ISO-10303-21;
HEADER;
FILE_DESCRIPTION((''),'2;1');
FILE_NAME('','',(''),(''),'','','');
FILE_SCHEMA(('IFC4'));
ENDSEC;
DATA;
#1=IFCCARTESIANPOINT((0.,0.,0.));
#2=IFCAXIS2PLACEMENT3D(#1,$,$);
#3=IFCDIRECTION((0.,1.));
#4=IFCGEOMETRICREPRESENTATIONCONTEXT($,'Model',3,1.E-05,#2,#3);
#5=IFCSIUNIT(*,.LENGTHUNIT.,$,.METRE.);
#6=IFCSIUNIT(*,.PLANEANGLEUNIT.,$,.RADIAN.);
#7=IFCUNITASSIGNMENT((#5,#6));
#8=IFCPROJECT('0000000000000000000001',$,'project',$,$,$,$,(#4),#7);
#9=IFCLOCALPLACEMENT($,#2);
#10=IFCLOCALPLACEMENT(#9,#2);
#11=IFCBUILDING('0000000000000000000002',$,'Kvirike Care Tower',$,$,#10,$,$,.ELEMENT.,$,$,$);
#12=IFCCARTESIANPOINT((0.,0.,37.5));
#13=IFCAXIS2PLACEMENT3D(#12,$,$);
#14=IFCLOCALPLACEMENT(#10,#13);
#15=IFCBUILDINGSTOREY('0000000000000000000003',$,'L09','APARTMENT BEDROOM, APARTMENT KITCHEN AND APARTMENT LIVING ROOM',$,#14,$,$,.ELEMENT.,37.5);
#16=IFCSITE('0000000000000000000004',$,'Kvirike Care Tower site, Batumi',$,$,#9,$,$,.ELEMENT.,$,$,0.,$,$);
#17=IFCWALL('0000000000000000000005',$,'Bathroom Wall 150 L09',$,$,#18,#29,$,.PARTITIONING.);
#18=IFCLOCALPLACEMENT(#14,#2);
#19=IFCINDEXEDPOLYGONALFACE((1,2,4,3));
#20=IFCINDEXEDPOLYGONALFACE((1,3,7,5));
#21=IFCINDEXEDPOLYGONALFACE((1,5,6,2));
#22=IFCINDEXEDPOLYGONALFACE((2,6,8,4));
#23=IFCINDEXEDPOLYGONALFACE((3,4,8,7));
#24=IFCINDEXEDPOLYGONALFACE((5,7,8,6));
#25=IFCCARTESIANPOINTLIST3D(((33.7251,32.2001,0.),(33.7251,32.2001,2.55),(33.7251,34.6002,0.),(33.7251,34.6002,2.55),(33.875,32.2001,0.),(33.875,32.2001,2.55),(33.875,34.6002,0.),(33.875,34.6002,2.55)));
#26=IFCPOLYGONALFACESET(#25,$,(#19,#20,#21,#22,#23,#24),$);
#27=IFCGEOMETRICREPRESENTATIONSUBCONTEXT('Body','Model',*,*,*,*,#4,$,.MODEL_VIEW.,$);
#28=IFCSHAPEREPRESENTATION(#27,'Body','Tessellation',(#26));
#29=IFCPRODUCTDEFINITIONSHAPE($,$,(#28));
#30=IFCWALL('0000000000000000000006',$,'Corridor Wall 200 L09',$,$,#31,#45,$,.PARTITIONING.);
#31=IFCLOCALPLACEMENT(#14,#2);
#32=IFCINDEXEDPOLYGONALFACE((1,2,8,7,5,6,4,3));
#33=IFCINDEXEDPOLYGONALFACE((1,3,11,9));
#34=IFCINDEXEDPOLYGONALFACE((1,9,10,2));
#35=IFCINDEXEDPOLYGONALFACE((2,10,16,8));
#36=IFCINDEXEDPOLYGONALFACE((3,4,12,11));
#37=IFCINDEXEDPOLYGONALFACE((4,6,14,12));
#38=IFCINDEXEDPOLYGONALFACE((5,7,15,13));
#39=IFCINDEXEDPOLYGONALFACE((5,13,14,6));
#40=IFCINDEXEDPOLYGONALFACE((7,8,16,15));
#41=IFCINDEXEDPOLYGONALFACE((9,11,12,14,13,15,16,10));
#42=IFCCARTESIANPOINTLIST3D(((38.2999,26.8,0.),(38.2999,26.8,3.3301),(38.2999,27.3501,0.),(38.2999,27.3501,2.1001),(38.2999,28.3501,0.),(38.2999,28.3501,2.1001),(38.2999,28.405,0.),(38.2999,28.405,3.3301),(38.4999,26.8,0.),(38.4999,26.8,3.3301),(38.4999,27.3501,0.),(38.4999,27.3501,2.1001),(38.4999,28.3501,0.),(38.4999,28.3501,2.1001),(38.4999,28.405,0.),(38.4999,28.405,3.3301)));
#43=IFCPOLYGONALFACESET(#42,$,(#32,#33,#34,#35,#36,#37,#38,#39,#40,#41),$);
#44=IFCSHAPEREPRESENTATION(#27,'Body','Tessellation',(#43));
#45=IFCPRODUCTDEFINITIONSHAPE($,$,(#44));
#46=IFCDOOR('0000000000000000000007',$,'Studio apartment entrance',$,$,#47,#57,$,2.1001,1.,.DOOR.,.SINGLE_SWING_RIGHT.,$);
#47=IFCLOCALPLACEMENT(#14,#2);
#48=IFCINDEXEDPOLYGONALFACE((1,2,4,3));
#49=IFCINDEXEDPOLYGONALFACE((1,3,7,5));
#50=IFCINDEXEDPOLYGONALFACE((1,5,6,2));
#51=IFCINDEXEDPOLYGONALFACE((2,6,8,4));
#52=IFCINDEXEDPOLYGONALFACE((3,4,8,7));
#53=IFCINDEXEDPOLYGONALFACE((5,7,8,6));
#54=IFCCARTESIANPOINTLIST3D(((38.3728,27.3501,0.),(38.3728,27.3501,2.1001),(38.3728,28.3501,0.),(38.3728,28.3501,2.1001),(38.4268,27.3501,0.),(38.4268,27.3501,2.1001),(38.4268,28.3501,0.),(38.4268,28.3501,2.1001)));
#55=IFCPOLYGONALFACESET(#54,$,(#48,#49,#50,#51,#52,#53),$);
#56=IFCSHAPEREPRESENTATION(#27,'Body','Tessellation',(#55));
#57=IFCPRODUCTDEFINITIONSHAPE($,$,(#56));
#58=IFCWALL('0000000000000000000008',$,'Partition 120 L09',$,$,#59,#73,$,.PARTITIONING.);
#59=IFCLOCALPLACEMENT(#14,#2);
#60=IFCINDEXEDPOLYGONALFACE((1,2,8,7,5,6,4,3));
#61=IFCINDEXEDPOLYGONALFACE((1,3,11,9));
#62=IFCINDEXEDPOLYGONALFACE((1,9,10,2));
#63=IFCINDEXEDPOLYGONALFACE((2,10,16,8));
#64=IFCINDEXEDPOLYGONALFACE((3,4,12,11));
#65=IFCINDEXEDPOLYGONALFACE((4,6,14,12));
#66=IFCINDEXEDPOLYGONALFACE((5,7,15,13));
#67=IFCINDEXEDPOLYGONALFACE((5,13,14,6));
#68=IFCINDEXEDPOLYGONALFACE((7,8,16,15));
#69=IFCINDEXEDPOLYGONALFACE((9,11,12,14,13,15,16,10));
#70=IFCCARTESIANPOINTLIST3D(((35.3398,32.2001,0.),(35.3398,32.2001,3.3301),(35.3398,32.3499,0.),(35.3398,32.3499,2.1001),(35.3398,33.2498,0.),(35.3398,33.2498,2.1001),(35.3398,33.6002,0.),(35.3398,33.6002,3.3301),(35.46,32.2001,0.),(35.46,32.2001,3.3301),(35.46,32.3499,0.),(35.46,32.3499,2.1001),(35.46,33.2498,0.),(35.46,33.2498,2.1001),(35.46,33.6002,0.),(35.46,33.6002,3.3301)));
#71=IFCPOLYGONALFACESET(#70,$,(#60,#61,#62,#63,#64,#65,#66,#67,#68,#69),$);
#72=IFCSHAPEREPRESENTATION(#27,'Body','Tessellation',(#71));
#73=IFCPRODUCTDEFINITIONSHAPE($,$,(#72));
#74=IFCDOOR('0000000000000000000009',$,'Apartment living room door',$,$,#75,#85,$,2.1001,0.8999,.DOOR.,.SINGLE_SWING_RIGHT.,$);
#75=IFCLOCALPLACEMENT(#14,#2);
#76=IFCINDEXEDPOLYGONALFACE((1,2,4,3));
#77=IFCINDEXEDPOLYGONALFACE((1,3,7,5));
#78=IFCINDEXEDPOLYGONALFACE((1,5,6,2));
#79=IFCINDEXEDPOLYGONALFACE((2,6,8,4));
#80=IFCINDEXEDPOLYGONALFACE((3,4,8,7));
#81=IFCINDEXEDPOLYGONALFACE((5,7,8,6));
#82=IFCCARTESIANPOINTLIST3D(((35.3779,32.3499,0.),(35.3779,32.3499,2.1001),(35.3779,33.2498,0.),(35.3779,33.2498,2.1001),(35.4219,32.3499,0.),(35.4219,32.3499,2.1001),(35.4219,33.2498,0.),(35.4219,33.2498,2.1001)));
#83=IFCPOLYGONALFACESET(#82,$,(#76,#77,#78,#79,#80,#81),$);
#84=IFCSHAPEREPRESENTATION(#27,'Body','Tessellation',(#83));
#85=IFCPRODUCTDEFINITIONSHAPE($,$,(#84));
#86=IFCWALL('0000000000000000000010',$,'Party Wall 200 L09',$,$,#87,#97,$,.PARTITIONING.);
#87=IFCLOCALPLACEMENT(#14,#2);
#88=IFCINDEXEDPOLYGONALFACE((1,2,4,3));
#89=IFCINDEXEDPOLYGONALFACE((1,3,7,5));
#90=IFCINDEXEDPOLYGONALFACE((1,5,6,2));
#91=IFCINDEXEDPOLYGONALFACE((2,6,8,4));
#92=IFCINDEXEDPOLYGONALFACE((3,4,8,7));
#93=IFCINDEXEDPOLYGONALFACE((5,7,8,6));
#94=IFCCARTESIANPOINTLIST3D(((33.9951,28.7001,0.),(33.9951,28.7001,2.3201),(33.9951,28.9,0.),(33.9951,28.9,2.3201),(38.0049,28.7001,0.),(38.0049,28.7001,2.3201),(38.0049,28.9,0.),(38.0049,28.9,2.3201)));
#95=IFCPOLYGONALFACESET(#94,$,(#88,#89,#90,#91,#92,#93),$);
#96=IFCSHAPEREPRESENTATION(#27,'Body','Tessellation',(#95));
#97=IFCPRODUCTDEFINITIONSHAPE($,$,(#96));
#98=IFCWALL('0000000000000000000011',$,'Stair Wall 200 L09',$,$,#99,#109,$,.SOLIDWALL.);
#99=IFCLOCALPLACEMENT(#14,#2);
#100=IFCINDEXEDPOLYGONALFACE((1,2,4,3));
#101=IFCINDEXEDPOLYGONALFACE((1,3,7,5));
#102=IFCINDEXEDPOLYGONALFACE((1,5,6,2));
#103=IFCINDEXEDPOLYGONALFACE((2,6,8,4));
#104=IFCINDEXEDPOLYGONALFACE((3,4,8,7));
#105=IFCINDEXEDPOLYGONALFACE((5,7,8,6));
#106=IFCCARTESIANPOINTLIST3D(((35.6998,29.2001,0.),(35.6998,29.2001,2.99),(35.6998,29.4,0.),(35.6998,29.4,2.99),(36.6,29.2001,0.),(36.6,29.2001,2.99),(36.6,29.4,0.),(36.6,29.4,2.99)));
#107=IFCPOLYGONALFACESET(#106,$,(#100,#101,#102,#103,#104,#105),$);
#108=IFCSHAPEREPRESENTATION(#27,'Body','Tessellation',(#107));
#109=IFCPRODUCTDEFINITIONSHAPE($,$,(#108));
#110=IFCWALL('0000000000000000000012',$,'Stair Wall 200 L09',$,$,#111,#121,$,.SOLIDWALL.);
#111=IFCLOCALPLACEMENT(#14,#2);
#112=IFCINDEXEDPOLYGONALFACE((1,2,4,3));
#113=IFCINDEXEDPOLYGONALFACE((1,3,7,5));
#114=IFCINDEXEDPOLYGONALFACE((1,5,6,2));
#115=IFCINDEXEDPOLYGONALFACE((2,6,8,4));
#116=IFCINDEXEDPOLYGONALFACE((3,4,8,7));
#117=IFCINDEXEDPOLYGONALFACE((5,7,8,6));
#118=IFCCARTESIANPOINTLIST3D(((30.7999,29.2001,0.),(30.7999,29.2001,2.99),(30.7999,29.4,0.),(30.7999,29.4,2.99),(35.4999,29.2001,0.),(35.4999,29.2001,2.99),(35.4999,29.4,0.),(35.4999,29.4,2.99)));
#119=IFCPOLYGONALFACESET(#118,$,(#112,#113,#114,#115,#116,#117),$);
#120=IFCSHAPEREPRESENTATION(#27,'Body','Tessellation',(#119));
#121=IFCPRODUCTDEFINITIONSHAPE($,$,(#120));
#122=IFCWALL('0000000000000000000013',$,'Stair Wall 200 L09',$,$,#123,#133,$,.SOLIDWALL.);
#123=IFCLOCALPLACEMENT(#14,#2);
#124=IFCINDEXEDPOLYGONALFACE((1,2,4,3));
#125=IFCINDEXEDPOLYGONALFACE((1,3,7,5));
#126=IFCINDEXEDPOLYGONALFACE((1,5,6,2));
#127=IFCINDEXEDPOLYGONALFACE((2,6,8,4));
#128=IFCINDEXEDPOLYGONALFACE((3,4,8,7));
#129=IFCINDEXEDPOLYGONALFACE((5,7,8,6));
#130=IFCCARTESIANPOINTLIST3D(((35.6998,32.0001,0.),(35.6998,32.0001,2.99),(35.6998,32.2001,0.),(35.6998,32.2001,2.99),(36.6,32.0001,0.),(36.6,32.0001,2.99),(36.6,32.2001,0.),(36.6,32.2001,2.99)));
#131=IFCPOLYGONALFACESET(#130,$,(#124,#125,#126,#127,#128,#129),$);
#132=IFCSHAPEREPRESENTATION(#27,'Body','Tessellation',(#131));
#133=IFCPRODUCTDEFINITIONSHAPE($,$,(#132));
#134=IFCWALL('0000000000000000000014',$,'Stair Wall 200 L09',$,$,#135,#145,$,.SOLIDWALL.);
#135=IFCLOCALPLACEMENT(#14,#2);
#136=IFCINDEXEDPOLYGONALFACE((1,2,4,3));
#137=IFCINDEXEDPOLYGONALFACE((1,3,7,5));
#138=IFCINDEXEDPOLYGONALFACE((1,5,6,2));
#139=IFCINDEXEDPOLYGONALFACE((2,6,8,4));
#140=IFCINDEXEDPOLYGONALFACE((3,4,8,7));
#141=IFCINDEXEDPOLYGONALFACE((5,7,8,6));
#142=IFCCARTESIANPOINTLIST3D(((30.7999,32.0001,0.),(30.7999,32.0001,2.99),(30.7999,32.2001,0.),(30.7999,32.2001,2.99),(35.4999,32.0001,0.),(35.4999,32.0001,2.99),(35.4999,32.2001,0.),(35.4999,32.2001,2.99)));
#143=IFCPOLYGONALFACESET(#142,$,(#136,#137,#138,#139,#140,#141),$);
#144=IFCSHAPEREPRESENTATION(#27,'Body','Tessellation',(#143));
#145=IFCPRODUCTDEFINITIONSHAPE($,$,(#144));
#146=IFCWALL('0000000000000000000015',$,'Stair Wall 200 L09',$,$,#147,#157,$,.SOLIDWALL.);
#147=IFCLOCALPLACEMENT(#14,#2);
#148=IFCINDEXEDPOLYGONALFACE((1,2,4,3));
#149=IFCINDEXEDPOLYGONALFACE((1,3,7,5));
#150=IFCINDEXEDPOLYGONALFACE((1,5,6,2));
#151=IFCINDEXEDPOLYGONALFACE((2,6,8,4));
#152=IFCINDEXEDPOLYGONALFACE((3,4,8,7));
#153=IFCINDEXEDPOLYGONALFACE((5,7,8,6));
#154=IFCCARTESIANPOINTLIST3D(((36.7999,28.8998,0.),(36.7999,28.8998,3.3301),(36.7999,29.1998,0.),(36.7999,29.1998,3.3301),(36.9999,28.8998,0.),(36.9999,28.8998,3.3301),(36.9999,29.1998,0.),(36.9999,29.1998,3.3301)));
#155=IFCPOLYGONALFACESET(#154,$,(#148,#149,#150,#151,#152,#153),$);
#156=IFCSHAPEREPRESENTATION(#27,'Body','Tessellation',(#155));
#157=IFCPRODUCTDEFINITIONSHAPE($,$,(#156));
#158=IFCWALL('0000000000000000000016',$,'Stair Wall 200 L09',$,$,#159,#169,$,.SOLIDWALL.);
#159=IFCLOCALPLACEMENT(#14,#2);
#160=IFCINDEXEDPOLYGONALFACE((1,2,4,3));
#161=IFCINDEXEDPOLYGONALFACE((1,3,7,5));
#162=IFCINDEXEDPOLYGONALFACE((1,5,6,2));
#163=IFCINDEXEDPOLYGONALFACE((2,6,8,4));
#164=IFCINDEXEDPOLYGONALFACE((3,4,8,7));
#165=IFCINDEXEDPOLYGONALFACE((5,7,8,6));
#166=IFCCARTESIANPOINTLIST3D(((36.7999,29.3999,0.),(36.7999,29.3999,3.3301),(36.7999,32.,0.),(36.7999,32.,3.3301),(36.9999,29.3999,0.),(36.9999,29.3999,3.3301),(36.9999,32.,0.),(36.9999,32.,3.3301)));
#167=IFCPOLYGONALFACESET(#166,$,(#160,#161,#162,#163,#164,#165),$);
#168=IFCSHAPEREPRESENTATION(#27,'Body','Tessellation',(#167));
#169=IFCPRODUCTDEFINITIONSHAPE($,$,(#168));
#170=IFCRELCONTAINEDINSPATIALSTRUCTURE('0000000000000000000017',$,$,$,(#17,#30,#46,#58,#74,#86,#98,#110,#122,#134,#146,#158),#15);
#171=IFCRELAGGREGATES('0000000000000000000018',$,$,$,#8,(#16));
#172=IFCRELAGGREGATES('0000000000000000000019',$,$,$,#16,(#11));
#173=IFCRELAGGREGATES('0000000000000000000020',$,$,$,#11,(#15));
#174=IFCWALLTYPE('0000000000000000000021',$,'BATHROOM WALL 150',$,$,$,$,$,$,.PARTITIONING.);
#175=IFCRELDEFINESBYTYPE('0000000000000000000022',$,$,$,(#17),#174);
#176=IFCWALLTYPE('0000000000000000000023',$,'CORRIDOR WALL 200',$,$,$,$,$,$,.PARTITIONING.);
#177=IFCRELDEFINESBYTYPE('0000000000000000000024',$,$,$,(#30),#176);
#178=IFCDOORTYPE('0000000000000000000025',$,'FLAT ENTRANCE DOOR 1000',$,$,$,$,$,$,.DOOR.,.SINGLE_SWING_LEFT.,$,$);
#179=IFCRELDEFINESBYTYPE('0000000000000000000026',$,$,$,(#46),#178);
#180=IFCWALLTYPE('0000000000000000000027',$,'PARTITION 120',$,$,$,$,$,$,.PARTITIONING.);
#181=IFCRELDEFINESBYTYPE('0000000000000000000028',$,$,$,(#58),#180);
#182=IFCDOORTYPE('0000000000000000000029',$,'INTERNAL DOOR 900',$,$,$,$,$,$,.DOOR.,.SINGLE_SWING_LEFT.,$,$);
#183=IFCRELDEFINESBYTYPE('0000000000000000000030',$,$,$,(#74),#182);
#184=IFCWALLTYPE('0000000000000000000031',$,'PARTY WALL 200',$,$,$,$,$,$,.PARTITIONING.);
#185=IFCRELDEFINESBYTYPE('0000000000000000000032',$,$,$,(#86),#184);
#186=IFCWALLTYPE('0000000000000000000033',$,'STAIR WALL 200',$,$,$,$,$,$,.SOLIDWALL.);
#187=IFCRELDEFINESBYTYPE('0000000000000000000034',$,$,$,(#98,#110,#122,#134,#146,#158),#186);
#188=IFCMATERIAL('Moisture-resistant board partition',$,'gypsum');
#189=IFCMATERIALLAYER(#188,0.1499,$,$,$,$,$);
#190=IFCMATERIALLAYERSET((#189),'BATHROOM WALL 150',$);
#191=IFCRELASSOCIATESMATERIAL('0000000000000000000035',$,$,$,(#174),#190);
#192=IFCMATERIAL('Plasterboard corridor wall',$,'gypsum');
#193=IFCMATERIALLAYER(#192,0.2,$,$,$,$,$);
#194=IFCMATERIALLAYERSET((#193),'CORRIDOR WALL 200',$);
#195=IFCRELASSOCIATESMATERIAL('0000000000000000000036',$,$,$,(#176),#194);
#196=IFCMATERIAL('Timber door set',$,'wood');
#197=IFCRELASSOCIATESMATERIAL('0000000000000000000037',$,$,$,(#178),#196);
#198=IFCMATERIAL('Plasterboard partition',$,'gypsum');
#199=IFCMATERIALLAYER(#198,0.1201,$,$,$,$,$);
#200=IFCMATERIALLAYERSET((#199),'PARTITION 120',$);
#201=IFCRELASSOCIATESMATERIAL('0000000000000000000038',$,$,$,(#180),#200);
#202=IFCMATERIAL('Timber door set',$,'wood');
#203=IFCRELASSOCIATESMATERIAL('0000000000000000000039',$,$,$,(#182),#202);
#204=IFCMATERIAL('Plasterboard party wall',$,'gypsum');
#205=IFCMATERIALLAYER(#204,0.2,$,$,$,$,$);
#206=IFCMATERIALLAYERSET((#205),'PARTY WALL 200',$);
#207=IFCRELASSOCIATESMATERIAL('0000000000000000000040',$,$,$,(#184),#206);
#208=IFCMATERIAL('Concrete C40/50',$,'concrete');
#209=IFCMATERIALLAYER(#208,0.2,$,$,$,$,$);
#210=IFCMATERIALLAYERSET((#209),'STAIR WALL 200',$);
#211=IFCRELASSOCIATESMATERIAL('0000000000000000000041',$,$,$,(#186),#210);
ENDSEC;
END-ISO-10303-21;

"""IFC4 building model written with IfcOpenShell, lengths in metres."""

from ifc_helpers import new_model, si_unit, direction, frame, frame_2d, origin, place, context, subcontext, project, spatial, rectangle, extrude, material, layer, layer_set, type_object, element, fill, save


model = new_model("IFC4")

# Units and contexts
model_context = context("Model", 3, precision=1e-05, world=origin(), true_north=direction((0.0, 1.0)))
body_context = subcontext(model_context, "Body", "Model", "MODEL_VIEW")
ifc_project = project(units=[si_unit("LENGTHUNIT", "METRE"), si_unit("PLANEANGLEUNIT", "RADIAN")], contexts=[model_context])

# Site, building, storey
site_placement = place(None, origin())
site = spatial("IfcSite", under=ifc_project, at=site_placement, Name="Kvirike Care Tower site, Batumi", CompositionType="ELEMENT", RefElevation=0.0)
building_placement = place(site_placement, origin())
building = spatial("IfcBuilding", under=site, at=building_placement, Name="Kvirike Care Tower", CompositionType="ELEMENT")
storey_placement = place(building_placement, frame((0.0, 0.0, 37.5)))
storey = spatial("IfcBuildingStorey", under=building, at=storey_placement, Name="L09", Description="APARTMENT BEDROOM, APARTMENT KITCHEN AND APARTMENT LIVING ROOM", CompositionType="ELEMENT", Elevation=37.5)

# Wall
ifc_material_1 = material(Name="Moisture-resistant board partition", Category="gypsum")
ifc_layer_1 = layer(ifc_material_1, 0.1499)
ifc_layer_set_1 = layer_set([ifc_layer_1], Name="BATHROOM WALL 150")
wall_type_1 = type_object("IfcWallType", Name="BATHROOM WALL 150", PredefinedType="PARTITIONING", material=ifc_layer_set_1)
wall_1_placement = place(storey_placement, frame((33.8, 32.2, 0.0), z_axis=(0.0, 0.0, 1.0), x_axis=(0.0, 1.0, 0.0)))
element("IfcWall", 1, at=wall_1_placement, inside=storey, type_object=wall_type_1, Name="Bathroom Wall 150 L09", PredefinedType="PARTITIONING", context=body_context, shape_type="SweptSolid", body=[
    extrude(rectangle(XDim=2.4001, YDim=0.1499, at=frame_2d((1.2002, 0.0))), origin(), (0.0, 0.0, 1.0), 2.55),
])

# Walls, openings, doors
ifc_material_2 = material(Name="Plasterboard corridor wall", Category="gypsum")
ifc_layer_2 = layer(ifc_material_2, 0.2)
ifc_layer_set_2 = layer_set([ifc_layer_2], Name="CORRIDOR WALL 200")
wall_type_2 = type_object("IfcWallType", Name="CORRIDOR WALL 200", PredefinedType="PARTITIONING", material=ifc_layer_set_2)
wall_2_placement = place(storey_placement, frame((38.3999, 26.8, 0.0), z_axis=(0.0, 0.0, 1.0), x_axis=(0.0, 1.0, 0.0)))
wall_2 = element("IfcWall", 2, at=wall_2_placement, inside=storey, type_object=wall_type_2, Name="Corridor Wall 200 L09", PredefinedType="PARTITIONING", context=body_context, shape_type="SweptSolid", body=[
    extrude(rectangle(XDim=1.605, YDim=0.2, at=frame_2d((0.8025, 0.0))), origin(), (0.0, 0.0, 1.0), 3.3301),
])
opening_1_placement = place(wall_2_placement, frame((0.55, 0.0, 0.0)))
opening_1 = element("IfcOpeningElement", 3, at=opening_1_placement, cuts=wall_2, PredefinedType="OPENING", context=body_context, shape_type="SweptSolid", body=[
    extrude(rectangle(XDim=1.0, YDim=2.1001, at=frame_2d((0.5, 1.05))), frame((0.0, 0.1106, 0.0), z_axis=(0.0, -1.0, 0.0), x_axis=(1.0, 0.0, 0.0)), (0.0, 0.0, 1.0), 0.2209),
])
ifc_material_3 = material(Name="Timber door set", Category="wood")
door_type_1 = type_object("IfcDoorType", Name="FLAT ENTRANCE DOOR 1000", OperationType="SINGLE_SWING_LEFT", PredefinedType="DOOR", material=ifc_material_3)
door_1_placement = place(opening_1_placement, frame((1.0, 0.0, 0.0), z_axis=(0.0, 0.0, 1.0), x_axis=(-1.0, 0.0, 0.0)))
door_1 = element("IfcDoor", 4, at=door_1_placement, inside=storey, type_object=door_type_1, Name="Studio apartment entrance", OperationType="SINGLE_SWING_RIGHT", OverallHeight=2.1001, OverallWidth=1.0, PredefinedType="DOOR", context=body_context, shape_type="SweptSolid", body=[
    extrude(rectangle(XDim=1.0, YDim=2.1001, at=frame_2d((0.5, 1.05))), frame((0.0, 0.0269, 0.0), z_axis=(0.0, -1.0, 0.0), x_axis=(1.0, 0.0, 0.0)), (0.0, 0.0, 1.0), 0.054),
])
fill(opening_1, door_1)
ifc_material_4 = material(Name="Plasterboard partition", Category="gypsum")
ifc_layer_3 = layer(ifc_material_4, 0.1201)
ifc_layer_set_3 = layer_set([ifc_layer_3], Name="PARTITION 120")
wall_type_3 = type_object("IfcWallType", Name="PARTITION 120", PredefinedType="PARTITIONING", material=ifc_layer_set_3)
wall_3_placement = place(storey_placement, frame((35.3999, 32.2, 0.0), z_axis=(0.0, 0.0, 1.0), x_axis=(0.0, 1.0, 0.0)))
wall_3 = element("IfcWall", 5, at=wall_3_placement, inside=storey, type_object=wall_type_3, Name="Partition 120 L09", PredefinedType="PARTITIONING", context=body_context, shape_type="SweptSolid", body=[
    extrude(rectangle(XDim=1.4001, YDim=0.1201, at=frame_2d((0.7002, 0.0))), origin(), (0.0, 0.0, 1.0), 3.3301),
])
opening_2_placement = place(wall_3_placement, frame((0.1499, 0.0, 0.0)))
opening_2 = element("IfcOpeningElement", 6, at=opening_2_placement, cuts=wall_3, PredefinedType="OPENING", context=body_context, shape_type="SweptSolid", body=[
    extrude(rectangle(XDim=0.8999, YDim=2.1001, at=frame_2d((0.45, 1.05))), frame((0.0, 0.0706, 0.0), z_axis=(0.0, -1.0, 0.0), x_axis=(1.0, 0.0, 0.0)), (0.0, 0.0, 1.0), 0.1411),
])
ifc_material_5 = material(Name="Timber door set", Category="wood")
door_type_2 = type_object("IfcDoorType", Name="INTERNAL DOOR 900", OperationType="SINGLE_SWING_LEFT", PredefinedType="DOOR", material=ifc_material_5)
door_2_placement = place(opening_2_placement, origin())
door_2 = element("IfcDoor", 7, at=door_2_placement, inside=storey, type_object=door_type_2, Name="Apartment living room door", OperationType="SINGLE_SWING_RIGHT", OverallHeight=2.1001, OverallWidth=0.8999, PredefinedType="DOOR", context=body_context, shape_type="SweptSolid", body=[
    extrude(rectangle(XDim=0.8999, YDim=2.1001, at=frame_2d((0.45, 1.05))), frame((0.0, 0.022, 0.0), z_axis=(0.0, -1.0, 0.0), x_axis=(1.0, 0.0, 0.0)), (0.0, 0.0, 1.0), 0.0439),
])
fill(opening_2, door_2)

# Walls
ifc_material_6 = material(Name="Plasterboard party wall", Category="gypsum")
ifc_layer_4 = layer(ifc_material_6, 0.2)
ifc_layer_set_4 = layer_set([ifc_layer_4], Name="PARTY WALL 200")
wall_type_4 = type_object("IfcWallType", Name="PARTY WALL 200", PredefinedType="PARTITIONING", material=ifc_layer_set_4)
wall_4_placement = place(storey_placement, frame((38.0049, 28.8, 0.0), z_axis=(0.0, 0.0, 1.0), x_axis=(-1.0, 0.0, 0.0)))
element("IfcWall", 8, at=wall_4_placement, inside=storey, type_object=wall_type_4, Name="Party Wall 200 L09", PredefinedType="PARTITIONING", context=body_context, shape_type="SweptSolid", body=[
    extrude(rectangle(XDim=4.0098, YDim=0.2, at=frame_2d((2.0049, 0.0))), origin(), (0.0, 0.0, 1.0), 2.3201),
])
ifc_material_7 = material(Name="Concrete C40/50", Category="concrete")
ifc_layer_5 = layer(ifc_material_7, 0.2)
ifc_layer_set_5 = layer_set([ifc_layer_5], Name="STAIR WALL 200")
wall_type_5 = type_object("IfcWallType", Name="STAIR WALL 200", PredefinedType="SOLIDWALL", material=ifc_layer_set_5)
wall_5_placement = place(storey_placement, frame((36.6001, 29.3, 0.0), z_axis=(0.0, 0.0, 1.0), x_axis=(-1.0, 0.0, 0.0)))
element("IfcWall", 9, at=wall_5_placement, inside=storey, type_object=wall_type_5, Name="Stair Wall 200 L09", PredefinedType="SOLIDWALL", context=body_context, shape_type="SweptSolid", body=[
    extrude(rectangle(XDim=0.9001, YDim=0.2, at=frame_2d((0.4502, 0.0))), origin(), (0.0, 0.0, 1.0), 2.99),
])
wall_6_placement = place(storey_placement, frame((35.5, 29.3, 0.0), z_axis=(0.0, 0.0, 1.0), x_axis=(-1.0, 0.0, 0.0)))
element("IfcWall", 10, at=wall_6_placement, inside=storey, type_object=wall_type_5, Name="Stair Wall 200 L09", PredefinedType="SOLIDWALL", context=body_context, shape_type="SweptSolid", body=[
    extrude(rectangle(XDim=4.7, YDim=0.2, at=frame_2d((2.3501, 0.0))), origin(), (0.0, 0.0, 1.0), 2.99),
])
wall_7_placement = place(storey_placement, frame((36.6001, 32.1001, 0.0), z_axis=(0.0, 0.0, 1.0), x_axis=(-1.0, 0.0, 0.0)))
element("IfcWall", 11, at=wall_7_placement, inside=storey, type_object=wall_type_5, Name="Stair Wall 200 L09", PredefinedType="SOLIDWALL", context=body_context, shape_type="SweptSolid", body=[
    extrude(rectangle(XDim=0.9001, YDim=0.2, at=frame_2d((0.4502, 0.0))), origin(), (0.0, 0.0, 1.0), 2.99),
])
wall_8_placement = place(storey_placement, frame((35.5, 32.1001, 0.0), z_axis=(0.0, 0.0, 1.0), x_axis=(-1.0, 0.0, 0.0)))
element("IfcWall", 12, at=wall_8_placement, inside=storey, type_object=wall_type_5, Name="Stair Wall 200 L09", PredefinedType="SOLIDWALL", context=body_context, shape_type="SweptSolid", body=[
    extrude(rectangle(XDim=4.7, YDim=0.2, at=frame_2d((2.3501, 0.0))), origin(), (0.0, 0.0, 1.0), 2.99),
])
wall_9_placement = place(storey_placement, frame((36.8999, 28.8999, 0.0), z_axis=(0.0, 0.0, 1.0), x_axis=(0.0, 1.0, 0.0)))
element("IfcWall", 13, at=wall_9_placement, inside=storey, type_object=wall_type_5, Name="Stair Wall 200 L09", PredefinedType="SOLIDWALL", context=body_context, shape_type="SweptSolid", body=[
    extrude(rectangle(XDim=0.3, YDim=0.2, at=frame_2d((0.1499, 0.0))), origin(), (0.0, 0.0, 1.0), 3.3301),
])
wall_10_placement = place(storey_placement, frame((36.8999, 29.3999, 0.0), z_axis=(0.0, 0.0, 1.0), x_axis=(0.0, 1.0, 0.0)))
element("IfcWall", 14, at=wall_10_placement, inside=storey, type_object=wall_type_5, Name="Stair Wall 200 L09", PredefinedType="SOLIDWALL", context=body_context, shape_type="SweptSolid", body=[
    extrude(rectangle(XDim=2.6001, YDim=0.2, at=frame_2d((1.3, 0.0))), origin(), (0.0, 0.0, 1.0), 3.3301),
])

save(model, "model.ifc")
